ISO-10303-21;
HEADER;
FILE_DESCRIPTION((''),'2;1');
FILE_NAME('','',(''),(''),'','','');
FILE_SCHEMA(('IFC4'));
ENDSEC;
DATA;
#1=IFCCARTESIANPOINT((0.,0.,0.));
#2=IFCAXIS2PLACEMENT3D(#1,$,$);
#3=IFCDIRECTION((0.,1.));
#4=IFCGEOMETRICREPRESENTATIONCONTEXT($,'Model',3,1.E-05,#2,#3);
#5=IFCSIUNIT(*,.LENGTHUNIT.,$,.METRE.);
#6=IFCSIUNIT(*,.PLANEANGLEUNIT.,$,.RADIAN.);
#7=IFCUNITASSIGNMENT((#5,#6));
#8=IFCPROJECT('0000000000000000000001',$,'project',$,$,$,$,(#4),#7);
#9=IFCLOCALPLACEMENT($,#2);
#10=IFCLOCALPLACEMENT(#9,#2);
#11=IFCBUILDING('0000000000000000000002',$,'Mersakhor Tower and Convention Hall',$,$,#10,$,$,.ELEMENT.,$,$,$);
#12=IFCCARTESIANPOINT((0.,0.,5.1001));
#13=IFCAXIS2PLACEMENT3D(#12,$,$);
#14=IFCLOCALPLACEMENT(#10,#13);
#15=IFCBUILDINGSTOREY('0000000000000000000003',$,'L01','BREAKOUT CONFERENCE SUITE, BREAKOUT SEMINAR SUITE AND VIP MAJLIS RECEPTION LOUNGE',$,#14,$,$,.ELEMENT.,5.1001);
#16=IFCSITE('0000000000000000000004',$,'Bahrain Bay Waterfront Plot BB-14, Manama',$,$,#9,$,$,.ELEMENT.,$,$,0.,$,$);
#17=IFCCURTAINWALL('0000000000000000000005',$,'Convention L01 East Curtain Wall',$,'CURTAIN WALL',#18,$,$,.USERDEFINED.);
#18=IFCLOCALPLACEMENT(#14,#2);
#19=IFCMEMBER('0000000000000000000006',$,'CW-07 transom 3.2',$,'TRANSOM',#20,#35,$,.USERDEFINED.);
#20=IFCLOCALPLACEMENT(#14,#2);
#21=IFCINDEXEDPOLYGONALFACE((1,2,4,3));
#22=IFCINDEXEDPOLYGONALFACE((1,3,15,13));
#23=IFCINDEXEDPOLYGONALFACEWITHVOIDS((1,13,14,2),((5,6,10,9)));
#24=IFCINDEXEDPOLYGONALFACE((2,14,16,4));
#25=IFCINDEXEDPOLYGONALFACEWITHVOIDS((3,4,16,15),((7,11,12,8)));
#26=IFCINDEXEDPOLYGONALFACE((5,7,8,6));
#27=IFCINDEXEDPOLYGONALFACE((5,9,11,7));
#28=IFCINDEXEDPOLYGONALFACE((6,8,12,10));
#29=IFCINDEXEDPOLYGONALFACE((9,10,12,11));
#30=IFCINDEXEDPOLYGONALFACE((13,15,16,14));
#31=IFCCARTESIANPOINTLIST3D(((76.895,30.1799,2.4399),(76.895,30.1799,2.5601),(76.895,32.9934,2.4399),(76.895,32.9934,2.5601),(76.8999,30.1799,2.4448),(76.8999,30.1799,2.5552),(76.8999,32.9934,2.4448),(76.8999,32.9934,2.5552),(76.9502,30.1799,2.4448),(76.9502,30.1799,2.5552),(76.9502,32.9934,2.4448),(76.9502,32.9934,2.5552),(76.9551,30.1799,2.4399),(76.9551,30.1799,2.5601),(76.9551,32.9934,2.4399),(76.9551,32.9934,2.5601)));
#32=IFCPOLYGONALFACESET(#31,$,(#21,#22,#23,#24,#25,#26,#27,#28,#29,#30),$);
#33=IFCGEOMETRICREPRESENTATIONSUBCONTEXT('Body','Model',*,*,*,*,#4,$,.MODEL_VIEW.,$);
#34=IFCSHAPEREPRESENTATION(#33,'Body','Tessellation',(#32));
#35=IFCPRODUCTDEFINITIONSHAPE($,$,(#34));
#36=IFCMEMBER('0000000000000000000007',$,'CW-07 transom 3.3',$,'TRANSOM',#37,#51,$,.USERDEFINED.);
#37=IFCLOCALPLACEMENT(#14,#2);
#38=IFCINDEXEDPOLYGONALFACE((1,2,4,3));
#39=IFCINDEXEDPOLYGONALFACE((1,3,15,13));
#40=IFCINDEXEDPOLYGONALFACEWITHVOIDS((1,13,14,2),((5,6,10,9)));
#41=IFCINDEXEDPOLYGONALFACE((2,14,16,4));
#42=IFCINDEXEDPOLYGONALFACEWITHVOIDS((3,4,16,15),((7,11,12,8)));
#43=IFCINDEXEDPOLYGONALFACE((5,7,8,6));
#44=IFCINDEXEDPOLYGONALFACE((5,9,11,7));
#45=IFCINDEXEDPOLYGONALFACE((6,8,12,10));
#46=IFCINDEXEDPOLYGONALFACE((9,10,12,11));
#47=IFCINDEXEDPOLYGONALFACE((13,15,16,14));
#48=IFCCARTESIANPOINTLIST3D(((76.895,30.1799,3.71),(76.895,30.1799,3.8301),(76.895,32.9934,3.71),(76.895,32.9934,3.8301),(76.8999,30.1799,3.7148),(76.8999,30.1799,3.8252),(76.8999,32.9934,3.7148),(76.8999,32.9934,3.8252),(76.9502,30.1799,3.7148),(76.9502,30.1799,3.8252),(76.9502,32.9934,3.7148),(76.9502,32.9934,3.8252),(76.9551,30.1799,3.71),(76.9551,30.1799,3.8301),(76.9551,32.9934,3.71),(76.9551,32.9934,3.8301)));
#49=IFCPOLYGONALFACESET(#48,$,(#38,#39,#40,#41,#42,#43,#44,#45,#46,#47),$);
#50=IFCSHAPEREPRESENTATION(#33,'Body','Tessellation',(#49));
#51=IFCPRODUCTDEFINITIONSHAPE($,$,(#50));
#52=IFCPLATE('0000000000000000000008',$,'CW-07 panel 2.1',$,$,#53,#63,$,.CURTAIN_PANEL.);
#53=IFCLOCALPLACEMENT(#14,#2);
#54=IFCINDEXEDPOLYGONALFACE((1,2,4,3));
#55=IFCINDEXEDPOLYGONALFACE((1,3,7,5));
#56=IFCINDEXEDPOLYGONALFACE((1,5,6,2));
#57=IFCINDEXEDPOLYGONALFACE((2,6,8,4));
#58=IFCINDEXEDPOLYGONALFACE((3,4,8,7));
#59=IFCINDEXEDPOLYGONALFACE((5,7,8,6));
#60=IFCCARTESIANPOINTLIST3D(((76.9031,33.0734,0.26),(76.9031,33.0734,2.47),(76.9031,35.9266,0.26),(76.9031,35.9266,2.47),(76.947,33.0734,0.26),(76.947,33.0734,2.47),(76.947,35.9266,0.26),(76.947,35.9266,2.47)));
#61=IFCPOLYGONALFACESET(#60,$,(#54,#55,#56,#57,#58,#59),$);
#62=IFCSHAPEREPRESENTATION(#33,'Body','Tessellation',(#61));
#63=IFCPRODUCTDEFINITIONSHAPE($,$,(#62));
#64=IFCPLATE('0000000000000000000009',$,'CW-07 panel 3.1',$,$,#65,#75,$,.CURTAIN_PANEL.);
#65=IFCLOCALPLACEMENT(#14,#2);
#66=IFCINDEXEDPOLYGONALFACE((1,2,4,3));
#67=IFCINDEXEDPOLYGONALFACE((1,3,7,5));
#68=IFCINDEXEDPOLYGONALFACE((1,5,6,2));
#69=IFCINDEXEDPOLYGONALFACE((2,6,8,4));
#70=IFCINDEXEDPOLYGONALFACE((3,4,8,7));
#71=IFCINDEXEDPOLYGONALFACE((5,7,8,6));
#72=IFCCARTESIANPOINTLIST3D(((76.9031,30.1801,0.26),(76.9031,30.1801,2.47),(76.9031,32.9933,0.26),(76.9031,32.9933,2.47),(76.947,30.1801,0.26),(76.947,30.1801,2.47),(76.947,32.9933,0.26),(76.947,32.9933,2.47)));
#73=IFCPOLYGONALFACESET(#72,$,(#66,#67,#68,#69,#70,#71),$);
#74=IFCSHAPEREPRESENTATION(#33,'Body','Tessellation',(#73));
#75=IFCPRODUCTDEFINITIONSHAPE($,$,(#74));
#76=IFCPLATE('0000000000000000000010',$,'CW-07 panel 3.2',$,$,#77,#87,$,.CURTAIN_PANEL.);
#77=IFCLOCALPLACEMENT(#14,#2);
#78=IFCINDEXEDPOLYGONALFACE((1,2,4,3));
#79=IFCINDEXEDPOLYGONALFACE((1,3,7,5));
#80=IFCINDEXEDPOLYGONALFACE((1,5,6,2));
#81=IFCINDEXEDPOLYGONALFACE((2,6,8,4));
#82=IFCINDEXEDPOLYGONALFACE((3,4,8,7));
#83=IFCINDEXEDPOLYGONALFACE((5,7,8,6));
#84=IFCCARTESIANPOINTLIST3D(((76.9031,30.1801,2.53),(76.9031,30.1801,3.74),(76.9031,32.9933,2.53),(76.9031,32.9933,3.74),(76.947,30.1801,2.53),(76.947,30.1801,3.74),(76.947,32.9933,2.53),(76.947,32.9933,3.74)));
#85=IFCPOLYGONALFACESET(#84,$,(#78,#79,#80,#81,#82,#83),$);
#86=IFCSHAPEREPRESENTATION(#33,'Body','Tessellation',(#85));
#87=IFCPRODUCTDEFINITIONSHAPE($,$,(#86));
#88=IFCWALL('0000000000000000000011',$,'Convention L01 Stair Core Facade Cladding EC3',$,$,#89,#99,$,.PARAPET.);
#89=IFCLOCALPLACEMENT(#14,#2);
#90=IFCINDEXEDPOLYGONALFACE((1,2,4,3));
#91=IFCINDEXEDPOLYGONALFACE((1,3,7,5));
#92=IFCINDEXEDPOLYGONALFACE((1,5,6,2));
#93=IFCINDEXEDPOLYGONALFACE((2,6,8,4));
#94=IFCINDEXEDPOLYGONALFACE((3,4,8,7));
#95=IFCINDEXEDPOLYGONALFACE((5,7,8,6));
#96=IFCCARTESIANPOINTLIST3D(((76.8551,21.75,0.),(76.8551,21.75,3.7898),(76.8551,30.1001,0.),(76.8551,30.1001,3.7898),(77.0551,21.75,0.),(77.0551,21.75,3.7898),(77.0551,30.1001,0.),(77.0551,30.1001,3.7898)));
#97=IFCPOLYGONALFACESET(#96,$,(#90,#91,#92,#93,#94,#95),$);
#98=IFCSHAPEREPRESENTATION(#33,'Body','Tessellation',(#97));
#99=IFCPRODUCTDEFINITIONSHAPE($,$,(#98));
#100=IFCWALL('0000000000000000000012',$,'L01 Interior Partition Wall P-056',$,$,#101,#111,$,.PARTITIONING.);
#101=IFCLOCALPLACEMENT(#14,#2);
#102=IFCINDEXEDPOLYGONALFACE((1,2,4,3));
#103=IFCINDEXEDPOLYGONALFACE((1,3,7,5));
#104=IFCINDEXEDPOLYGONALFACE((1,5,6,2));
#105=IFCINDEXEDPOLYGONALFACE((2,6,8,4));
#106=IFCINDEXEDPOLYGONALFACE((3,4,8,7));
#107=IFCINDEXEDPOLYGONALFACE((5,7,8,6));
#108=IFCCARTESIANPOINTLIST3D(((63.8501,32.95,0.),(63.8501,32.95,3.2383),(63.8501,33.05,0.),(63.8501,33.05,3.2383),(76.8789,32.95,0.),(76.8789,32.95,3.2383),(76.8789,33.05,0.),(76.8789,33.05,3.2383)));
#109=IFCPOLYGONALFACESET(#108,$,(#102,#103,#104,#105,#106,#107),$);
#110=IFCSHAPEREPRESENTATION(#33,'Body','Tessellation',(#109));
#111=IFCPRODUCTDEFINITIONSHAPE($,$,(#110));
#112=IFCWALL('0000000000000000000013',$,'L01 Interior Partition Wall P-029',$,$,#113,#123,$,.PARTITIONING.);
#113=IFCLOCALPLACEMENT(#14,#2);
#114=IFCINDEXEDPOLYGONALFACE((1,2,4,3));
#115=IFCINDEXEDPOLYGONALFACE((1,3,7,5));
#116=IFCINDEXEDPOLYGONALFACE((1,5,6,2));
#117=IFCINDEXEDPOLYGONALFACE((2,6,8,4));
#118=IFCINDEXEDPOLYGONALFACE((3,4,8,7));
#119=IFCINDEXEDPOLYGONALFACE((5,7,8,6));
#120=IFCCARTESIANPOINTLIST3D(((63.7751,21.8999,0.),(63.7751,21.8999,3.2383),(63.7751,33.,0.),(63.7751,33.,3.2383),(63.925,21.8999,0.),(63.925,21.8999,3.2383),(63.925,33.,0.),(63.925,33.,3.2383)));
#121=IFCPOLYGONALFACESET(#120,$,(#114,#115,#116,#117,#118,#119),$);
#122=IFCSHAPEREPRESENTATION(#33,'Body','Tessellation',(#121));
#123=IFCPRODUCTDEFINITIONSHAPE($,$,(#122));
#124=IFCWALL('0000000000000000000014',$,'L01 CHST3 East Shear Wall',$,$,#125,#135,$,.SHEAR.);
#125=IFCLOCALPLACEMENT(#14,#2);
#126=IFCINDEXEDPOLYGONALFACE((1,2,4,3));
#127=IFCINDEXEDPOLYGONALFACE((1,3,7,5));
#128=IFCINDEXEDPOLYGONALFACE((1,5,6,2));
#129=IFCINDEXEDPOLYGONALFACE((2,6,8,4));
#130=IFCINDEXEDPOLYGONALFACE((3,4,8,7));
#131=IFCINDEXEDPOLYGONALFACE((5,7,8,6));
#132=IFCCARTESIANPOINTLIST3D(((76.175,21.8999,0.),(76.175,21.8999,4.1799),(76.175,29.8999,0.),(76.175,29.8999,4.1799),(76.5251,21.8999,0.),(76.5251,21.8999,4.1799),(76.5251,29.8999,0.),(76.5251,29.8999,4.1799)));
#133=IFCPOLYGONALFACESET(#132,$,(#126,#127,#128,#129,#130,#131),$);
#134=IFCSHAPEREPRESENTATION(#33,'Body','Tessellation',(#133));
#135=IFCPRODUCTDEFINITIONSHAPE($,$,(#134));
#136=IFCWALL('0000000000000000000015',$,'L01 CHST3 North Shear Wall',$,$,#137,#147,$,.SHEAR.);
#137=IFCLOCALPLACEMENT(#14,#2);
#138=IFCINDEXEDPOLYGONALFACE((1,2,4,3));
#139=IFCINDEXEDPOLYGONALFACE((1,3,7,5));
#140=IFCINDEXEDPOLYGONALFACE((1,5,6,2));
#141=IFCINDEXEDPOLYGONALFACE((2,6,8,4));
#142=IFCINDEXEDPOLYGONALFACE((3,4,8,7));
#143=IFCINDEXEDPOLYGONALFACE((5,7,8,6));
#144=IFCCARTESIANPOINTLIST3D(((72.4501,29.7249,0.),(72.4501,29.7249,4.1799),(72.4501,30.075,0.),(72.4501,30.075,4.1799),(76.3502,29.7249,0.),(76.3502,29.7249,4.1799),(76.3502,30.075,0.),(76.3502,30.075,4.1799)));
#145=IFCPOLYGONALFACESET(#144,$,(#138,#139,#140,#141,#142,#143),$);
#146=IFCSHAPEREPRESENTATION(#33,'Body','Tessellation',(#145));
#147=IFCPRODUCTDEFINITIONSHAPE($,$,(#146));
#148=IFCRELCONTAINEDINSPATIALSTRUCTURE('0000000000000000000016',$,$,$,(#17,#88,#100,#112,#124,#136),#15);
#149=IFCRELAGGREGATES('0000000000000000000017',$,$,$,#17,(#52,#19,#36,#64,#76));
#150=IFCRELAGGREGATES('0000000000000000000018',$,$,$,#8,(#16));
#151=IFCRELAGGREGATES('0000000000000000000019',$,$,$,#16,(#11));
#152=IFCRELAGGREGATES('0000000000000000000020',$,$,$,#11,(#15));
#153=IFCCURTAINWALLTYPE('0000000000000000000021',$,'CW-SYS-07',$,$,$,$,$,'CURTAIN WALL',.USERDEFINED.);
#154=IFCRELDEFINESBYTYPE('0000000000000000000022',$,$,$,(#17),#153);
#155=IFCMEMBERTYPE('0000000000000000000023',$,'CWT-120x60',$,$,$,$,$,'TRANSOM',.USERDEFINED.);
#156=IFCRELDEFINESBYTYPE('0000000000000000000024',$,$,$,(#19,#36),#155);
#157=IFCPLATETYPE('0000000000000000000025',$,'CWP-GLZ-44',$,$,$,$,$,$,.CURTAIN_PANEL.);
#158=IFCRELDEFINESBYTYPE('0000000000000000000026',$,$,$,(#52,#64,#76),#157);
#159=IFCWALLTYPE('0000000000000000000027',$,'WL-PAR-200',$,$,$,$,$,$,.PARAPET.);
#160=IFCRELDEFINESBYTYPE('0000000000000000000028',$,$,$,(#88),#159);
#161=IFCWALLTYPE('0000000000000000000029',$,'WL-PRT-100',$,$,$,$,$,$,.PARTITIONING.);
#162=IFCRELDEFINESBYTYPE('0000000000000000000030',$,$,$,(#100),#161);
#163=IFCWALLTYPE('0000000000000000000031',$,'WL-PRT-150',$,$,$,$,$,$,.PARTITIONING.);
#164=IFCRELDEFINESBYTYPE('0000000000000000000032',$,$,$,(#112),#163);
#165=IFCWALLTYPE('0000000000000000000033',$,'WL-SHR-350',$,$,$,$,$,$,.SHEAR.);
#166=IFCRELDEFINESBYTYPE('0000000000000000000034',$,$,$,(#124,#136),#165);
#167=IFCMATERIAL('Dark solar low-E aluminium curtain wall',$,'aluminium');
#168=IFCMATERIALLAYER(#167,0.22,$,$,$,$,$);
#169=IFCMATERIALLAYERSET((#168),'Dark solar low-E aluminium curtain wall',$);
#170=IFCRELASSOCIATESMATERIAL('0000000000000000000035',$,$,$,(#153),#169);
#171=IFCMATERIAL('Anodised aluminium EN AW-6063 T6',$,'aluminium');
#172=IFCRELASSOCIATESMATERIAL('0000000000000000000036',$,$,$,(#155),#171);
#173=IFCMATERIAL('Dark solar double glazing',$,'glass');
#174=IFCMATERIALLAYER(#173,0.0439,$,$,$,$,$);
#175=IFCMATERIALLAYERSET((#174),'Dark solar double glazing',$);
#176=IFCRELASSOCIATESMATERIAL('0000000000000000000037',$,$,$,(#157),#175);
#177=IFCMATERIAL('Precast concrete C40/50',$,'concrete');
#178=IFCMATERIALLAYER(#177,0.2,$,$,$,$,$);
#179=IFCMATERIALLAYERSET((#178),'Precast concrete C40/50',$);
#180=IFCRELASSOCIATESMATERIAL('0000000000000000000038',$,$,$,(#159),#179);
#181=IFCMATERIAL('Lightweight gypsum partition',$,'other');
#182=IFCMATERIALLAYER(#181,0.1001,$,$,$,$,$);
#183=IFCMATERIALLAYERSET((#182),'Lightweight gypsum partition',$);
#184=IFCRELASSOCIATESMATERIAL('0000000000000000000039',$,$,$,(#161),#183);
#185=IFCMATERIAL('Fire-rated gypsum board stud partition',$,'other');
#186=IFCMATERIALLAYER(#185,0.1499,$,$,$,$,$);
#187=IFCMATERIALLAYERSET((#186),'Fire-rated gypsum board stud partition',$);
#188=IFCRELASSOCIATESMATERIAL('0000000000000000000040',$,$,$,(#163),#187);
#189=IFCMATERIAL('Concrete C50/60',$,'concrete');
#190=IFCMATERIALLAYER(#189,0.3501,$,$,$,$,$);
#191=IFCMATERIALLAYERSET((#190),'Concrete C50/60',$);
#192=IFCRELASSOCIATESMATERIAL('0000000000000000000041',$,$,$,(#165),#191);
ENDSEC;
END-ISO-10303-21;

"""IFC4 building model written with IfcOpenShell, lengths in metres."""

from ifc_helpers import new_model, si_unit, direction, frame, frame_2d, origin, origin_2d, place, context, subcontext, project, spatial, rectangle, hollow_rectangle, extrude, material, layer, layer_set, material_profile, profile_set, type_object, element, aggregate, save


model = new_model("IFC4")

# Units and contexts
model_context = context("Model", 3, precision=1e-05, world=origin(), true_north=direction((0.0, 1.0)))
body_context = subcontext(model_context, "Body", "Model", "MODEL_VIEW")
ifc_project = project(units=[si_unit("LENGTHUNIT", "METRE"), si_unit("PLANEANGLEUNIT", "RADIAN")], contexts=[model_context])

# Site, building, storey
site_placement = place(None, origin())
site = spatial("IfcSite", under=ifc_project, at=site_placement, Name="Bahrain Bay Waterfront Plot BB-14, Manama", CompositionType="ELEMENT", RefElevation=0.0)
building_placement = place(site_placement, origin())
building = spatial("IfcBuilding", under=site, at=building_placement, Name="Mersakhor Tower and Convention Hall", CompositionType="ELEMENT")
storey_placement = place(building_placement, frame((0.0, 0.0, 5.1001)))
storey = spatial("IfcBuildingStorey", under=building, at=storey_placement, Name="L01", Description="BREAKOUT CONFERENCE SUITE, BREAKOUT SEMINAR SUITE AND VIP MAJLIS RECEPTION LOUNGE", CompositionType="ELEMENT", Elevation=5.1001)

# Curtain wall, members, plates
ifc_material_1 = material(Name="Dark solar low-E aluminium curtain wall", Category="aluminium")
ifc_layer_1 = layer(ifc_material_1, 0.22)
ifc_layer_set_1 = layer_set([ifc_layer_1], Name="Dark solar low-E aluminium curtain wall")
curtain_wall_type = type_object("IfcCurtainWallType", Name="CW-SYS-07", ElementType="CURTAIN WALL", PredefinedType="USERDEFINED", material=ifc_layer_set_1)
curtain_wall_placement = place(storey_placement, origin())
curtain_wall = element("IfcCurtainWall", 1, at=curtain_wall_placement, inside=storey, type_object=curtain_wall_type, Name="Convention L01 East Curtain Wall", ObjectType="CURTAIN WALL", PredefinedType="USERDEFINED")
ifc_material_2 = material(Name="Anodised aluminium EN AW-6063 T6", Category="aluminium")
ifc_material_profile_1 = material_profile(ifc_material_2, hollow_rectangle(XDim=0.0601, YDim=0.1201, WallThickness=0.0049, at=origin_2d()), Name="RHS 120x60x5")
ifc_profile_set_1 = profile_set([ifc_material_profile_1], Name="Anodised aluminium EN AW-6063 T6")
member_type_1 = type_object("IfcMemberType", Name="CWT-120x60", ElementType="TRANSOM", PredefinedType="USERDEFINED", material=ifc_profile_set_1)
member_1_placement = place(storey_placement, frame((76.925, 32.9934, 2.5), z_axis=(0.0, -1.0, 0.0), x_axis=(1.0, 0.0, 0.0)))
member_1 = element("IfcMember", 2, at=member_1_placement, type_object=member_type_1, Name="CW-07 transom 3.2", ObjectType="TRANSOM", PredefinedType="USERDEFINED", context=body_context, shape_type="SweptSolid", body=[
    extrude(hollow_rectangle(XDim=0.0601, YDim=0.1201, WallThickness=0.0049, at=origin_2d()), origin(), (0.0, 0.0, 1.0), 2.8135),
])
member_2_placement = place(storey_placement, frame((76.925, 32.9934, 3.77), z_axis=(0.0, -1.0, 0.0), x_axis=(1.0, 0.0, 0.0)))
member_2 = element("IfcMember", 3, at=member_2_placement, type_object=member_type_1, Name="CW-07 transom 3.3", ObjectType="TRANSOM", PredefinedType="USERDEFINED", context=body_context, shape_type="SweptSolid", body=[
    extrude(hollow_rectangle(XDim=0.0601, YDim=0.1201, WallThickness=0.0049, at=origin_2d()), origin(), (0.0, 0.0, 1.0), 2.8135),
])
ifc_material_3 = material(Name="Dark solar double glazing", Category="glass")
ifc_layer_2 = layer(ifc_material_3, 0.0439)
ifc_layer_set_2 = layer_set([ifc_layer_2], Name="Dark solar double glazing")
plate_type = type_object("IfcPlateType", Name="CWP-GLZ-44", PredefinedType="CURTAIN_PANEL", material=ifc_layer_set_2)
plate_1_placement = place(storey_placement, frame((76.925, 34.5, 0.26), z_axis=(0.0, 0.0, 1.0), x_axis=(0.0, -1.0, 0.0)))
plate_1 = element("IfcPlate", 4, at=plate_1_placement, type_object=plate_type, Name="CW-07 panel 2.1", PredefinedType="CURTAIN_PANEL", context=body_context, shape_type="SweptSolid", body=[
    extrude(rectangle(XDim=2.8533, YDim=0.0439, at=origin_2d()), origin(), (0.0, 0.0, 1.0), 2.21),
])
plate_2_placement = place(storey_placement, frame((76.925, 31.5867, 0.26), z_axis=(0.0, 0.0, 1.0), x_axis=(0.0, -1.0, 0.0)))
plate_2 = element("IfcPlate", 5, at=plate_2_placement, type_object=plate_type, Name="CW-07 panel 3.1", PredefinedType="CURTAIN_PANEL", context=body_context, shape_type="SweptSolid", body=[
    extrude(rectangle(XDim=2.8132, YDim=0.0439, at=origin_2d()), origin(), (0.0, 0.0, 1.0), 2.21),
])
plate_3_placement = place(storey_placement, frame((76.925, 31.5867, 2.53), z_axis=(0.0, 0.0, 1.0), x_axis=(0.0, -1.0, 0.0)))
plate_3 = element("IfcPlate", 6, at=plate_3_placement, type_object=plate_type, Name="CW-07 panel 3.2", PredefinedType="CURTAIN_PANEL", context=body_context, shape_type="SweptSolid", body=[
    extrude(rectangle(XDim=2.8132, YDim=0.0439, at=origin_2d()), origin(), (0.0, 0.0, 1.0), 1.21),
])
aggregate(curtain_wall, [plate_1, member_1, member_2, plate_2, plate_3])

# Walls
ifc_material_4 = material(Name="Precast concrete C40/50", Category="concrete")
ifc_layer_3 = layer(ifc_material_4, 0.2)
ifc_layer_set_3 = layer_set([ifc_layer_3], Name="Precast concrete C40/50")
wall_type_1 = type_object("IfcWallType", Name="WL-PAR-200", PredefinedType="PARAPET", material=ifc_layer_set_3)
wall_1_placement = place(storey_placement, frame((76.9551, 30.1001, 0.0), z_axis=(0.0, 0.0, 1.0), x_axis=(0.0, -1.0, 0.0)))
element("IfcWall", 7, at=wall_1_placement, inside=storey, type_object=wall_type_1, Name="Convention L01 Stair Core Facade Cladding EC3", PredefinedType="PARAPET", context=body_context, shape_type="SweptSolid", body=[
    extrude(rectangle(XDim=8.3501, YDim=0.2, at=frame_2d((4.175, 0.0))), origin(), (0.0, 0.0, 1.0), 3.7898),
])
ifc_material_5 = material(Name="Lightweight gypsum partition", Category="other")
ifc_layer_4 = layer(ifc_material_5, 0.1001)
ifc_layer_set_4 = layer_set([ifc_layer_4], Name="Lightweight gypsum partition")
wall_type_2 = type_object("IfcWallType", Name="WL-PRT-100", PredefinedType="PARTITIONING", material=ifc_layer_set_4)
wall_2_placement = place(storey_placement, frame((76.8789, 33.0, 0.0), z_axis=(0.0, 0.0, 1.0), x_axis=(-1.0, 0.0, 0.0)))
element("IfcWall", 8, at=wall_2_placement, inside=storey, type_object=wall_type_2, Name="L01 Interior Partition Wall P-056", PredefinedType="PARTITIONING", context=body_context, shape_type="SweptSolid", body=[
    extrude(rectangle(XDim=13.0288, YDim=0.1001, at=frame_2d((6.5144, 0.0))), origin(), (0.0, 0.0, 1.0), 3.2383),
])
ifc_material_6 = material(Name="Fire-rated gypsum board stud partition", Category="other")
ifc_layer_5 = layer(ifc_material_6, 0.1499)
ifc_layer_set_5 = layer_set([ifc_layer_5], Name="Fire-rated gypsum board stud partition")
wall_type_3 = type_object("IfcWallType", Name="WL-PRT-150", PredefinedType="PARTITIONING", material=ifc_layer_set_5)
wall_3_placement = place(storey_placement, frame((63.8501, 33.0, 0.0), z_axis=(0.0, 0.0, 1.0), x_axis=(0.0, -1.0, 0.0)))
element("IfcWall", 9, at=wall_3_placement, inside=storey, type_object=wall_type_3, Name="L01 Interior Partition Wall P-029", PredefinedType="PARTITIONING", context=body_context, shape_type="SweptSolid", body=[
    extrude(rectangle(XDim=11.1001, YDim=0.1499, at=frame_2d((5.55, 0.0))), origin(), (0.0, 0.0, 1.0), 3.2383),
])
ifc_material_7 = material(Name="Concrete C50/60", Category="concrete")
ifc_layer_6 = layer(ifc_material_7, 0.3501)
ifc_layer_set_6 = layer_set([ifc_layer_6], Name="Concrete C50/60")
wall_type_4 = type_object("IfcWallType", Name="WL-SHR-350", PredefinedType="SHEAR", material=ifc_layer_set_6)
wall_4_placement = place(storey_placement, frame((76.3501, 29.8999, 0.0), z_axis=(0.0, 0.0, 1.0), x_axis=(0.0, -1.0, 0.0)))
element("IfcWall", 10, at=wall_4_placement, inside=storey, type_object=wall_type_4, Name="L01 CHST3 East Shear Wall", PredefinedType="SHEAR", context=body_context, shape_type="SweptSolid", body=[
    extrude(rectangle(XDim=8.0, YDim=0.3501, at=frame_2d((4.0, 0.0))), origin(), (0.0, 0.0, 1.0), 4.1799),
])
wall_5_placement = place(storey_placement, frame((72.45, 29.8999, 0.0), z_axis=(0.0, 0.0, 1.0), x_axis=(1.0, 0.0, 0.0)))
element("IfcWall", 11, at=wall_5_placement, inside=storey, type_object=wall_type_4, Name="L01 CHST3 North Shear Wall", PredefinedType="SHEAR", context=body_context, shape_type="SweptSolid", body=[
    extrude(rectangle(XDim=3.9001, YDim=0.3501, at=frame_2d((1.9502, 0.0))), origin(), (0.0, 0.0, 1.0), 4.1799),
])

save(model, "model.ifc")
